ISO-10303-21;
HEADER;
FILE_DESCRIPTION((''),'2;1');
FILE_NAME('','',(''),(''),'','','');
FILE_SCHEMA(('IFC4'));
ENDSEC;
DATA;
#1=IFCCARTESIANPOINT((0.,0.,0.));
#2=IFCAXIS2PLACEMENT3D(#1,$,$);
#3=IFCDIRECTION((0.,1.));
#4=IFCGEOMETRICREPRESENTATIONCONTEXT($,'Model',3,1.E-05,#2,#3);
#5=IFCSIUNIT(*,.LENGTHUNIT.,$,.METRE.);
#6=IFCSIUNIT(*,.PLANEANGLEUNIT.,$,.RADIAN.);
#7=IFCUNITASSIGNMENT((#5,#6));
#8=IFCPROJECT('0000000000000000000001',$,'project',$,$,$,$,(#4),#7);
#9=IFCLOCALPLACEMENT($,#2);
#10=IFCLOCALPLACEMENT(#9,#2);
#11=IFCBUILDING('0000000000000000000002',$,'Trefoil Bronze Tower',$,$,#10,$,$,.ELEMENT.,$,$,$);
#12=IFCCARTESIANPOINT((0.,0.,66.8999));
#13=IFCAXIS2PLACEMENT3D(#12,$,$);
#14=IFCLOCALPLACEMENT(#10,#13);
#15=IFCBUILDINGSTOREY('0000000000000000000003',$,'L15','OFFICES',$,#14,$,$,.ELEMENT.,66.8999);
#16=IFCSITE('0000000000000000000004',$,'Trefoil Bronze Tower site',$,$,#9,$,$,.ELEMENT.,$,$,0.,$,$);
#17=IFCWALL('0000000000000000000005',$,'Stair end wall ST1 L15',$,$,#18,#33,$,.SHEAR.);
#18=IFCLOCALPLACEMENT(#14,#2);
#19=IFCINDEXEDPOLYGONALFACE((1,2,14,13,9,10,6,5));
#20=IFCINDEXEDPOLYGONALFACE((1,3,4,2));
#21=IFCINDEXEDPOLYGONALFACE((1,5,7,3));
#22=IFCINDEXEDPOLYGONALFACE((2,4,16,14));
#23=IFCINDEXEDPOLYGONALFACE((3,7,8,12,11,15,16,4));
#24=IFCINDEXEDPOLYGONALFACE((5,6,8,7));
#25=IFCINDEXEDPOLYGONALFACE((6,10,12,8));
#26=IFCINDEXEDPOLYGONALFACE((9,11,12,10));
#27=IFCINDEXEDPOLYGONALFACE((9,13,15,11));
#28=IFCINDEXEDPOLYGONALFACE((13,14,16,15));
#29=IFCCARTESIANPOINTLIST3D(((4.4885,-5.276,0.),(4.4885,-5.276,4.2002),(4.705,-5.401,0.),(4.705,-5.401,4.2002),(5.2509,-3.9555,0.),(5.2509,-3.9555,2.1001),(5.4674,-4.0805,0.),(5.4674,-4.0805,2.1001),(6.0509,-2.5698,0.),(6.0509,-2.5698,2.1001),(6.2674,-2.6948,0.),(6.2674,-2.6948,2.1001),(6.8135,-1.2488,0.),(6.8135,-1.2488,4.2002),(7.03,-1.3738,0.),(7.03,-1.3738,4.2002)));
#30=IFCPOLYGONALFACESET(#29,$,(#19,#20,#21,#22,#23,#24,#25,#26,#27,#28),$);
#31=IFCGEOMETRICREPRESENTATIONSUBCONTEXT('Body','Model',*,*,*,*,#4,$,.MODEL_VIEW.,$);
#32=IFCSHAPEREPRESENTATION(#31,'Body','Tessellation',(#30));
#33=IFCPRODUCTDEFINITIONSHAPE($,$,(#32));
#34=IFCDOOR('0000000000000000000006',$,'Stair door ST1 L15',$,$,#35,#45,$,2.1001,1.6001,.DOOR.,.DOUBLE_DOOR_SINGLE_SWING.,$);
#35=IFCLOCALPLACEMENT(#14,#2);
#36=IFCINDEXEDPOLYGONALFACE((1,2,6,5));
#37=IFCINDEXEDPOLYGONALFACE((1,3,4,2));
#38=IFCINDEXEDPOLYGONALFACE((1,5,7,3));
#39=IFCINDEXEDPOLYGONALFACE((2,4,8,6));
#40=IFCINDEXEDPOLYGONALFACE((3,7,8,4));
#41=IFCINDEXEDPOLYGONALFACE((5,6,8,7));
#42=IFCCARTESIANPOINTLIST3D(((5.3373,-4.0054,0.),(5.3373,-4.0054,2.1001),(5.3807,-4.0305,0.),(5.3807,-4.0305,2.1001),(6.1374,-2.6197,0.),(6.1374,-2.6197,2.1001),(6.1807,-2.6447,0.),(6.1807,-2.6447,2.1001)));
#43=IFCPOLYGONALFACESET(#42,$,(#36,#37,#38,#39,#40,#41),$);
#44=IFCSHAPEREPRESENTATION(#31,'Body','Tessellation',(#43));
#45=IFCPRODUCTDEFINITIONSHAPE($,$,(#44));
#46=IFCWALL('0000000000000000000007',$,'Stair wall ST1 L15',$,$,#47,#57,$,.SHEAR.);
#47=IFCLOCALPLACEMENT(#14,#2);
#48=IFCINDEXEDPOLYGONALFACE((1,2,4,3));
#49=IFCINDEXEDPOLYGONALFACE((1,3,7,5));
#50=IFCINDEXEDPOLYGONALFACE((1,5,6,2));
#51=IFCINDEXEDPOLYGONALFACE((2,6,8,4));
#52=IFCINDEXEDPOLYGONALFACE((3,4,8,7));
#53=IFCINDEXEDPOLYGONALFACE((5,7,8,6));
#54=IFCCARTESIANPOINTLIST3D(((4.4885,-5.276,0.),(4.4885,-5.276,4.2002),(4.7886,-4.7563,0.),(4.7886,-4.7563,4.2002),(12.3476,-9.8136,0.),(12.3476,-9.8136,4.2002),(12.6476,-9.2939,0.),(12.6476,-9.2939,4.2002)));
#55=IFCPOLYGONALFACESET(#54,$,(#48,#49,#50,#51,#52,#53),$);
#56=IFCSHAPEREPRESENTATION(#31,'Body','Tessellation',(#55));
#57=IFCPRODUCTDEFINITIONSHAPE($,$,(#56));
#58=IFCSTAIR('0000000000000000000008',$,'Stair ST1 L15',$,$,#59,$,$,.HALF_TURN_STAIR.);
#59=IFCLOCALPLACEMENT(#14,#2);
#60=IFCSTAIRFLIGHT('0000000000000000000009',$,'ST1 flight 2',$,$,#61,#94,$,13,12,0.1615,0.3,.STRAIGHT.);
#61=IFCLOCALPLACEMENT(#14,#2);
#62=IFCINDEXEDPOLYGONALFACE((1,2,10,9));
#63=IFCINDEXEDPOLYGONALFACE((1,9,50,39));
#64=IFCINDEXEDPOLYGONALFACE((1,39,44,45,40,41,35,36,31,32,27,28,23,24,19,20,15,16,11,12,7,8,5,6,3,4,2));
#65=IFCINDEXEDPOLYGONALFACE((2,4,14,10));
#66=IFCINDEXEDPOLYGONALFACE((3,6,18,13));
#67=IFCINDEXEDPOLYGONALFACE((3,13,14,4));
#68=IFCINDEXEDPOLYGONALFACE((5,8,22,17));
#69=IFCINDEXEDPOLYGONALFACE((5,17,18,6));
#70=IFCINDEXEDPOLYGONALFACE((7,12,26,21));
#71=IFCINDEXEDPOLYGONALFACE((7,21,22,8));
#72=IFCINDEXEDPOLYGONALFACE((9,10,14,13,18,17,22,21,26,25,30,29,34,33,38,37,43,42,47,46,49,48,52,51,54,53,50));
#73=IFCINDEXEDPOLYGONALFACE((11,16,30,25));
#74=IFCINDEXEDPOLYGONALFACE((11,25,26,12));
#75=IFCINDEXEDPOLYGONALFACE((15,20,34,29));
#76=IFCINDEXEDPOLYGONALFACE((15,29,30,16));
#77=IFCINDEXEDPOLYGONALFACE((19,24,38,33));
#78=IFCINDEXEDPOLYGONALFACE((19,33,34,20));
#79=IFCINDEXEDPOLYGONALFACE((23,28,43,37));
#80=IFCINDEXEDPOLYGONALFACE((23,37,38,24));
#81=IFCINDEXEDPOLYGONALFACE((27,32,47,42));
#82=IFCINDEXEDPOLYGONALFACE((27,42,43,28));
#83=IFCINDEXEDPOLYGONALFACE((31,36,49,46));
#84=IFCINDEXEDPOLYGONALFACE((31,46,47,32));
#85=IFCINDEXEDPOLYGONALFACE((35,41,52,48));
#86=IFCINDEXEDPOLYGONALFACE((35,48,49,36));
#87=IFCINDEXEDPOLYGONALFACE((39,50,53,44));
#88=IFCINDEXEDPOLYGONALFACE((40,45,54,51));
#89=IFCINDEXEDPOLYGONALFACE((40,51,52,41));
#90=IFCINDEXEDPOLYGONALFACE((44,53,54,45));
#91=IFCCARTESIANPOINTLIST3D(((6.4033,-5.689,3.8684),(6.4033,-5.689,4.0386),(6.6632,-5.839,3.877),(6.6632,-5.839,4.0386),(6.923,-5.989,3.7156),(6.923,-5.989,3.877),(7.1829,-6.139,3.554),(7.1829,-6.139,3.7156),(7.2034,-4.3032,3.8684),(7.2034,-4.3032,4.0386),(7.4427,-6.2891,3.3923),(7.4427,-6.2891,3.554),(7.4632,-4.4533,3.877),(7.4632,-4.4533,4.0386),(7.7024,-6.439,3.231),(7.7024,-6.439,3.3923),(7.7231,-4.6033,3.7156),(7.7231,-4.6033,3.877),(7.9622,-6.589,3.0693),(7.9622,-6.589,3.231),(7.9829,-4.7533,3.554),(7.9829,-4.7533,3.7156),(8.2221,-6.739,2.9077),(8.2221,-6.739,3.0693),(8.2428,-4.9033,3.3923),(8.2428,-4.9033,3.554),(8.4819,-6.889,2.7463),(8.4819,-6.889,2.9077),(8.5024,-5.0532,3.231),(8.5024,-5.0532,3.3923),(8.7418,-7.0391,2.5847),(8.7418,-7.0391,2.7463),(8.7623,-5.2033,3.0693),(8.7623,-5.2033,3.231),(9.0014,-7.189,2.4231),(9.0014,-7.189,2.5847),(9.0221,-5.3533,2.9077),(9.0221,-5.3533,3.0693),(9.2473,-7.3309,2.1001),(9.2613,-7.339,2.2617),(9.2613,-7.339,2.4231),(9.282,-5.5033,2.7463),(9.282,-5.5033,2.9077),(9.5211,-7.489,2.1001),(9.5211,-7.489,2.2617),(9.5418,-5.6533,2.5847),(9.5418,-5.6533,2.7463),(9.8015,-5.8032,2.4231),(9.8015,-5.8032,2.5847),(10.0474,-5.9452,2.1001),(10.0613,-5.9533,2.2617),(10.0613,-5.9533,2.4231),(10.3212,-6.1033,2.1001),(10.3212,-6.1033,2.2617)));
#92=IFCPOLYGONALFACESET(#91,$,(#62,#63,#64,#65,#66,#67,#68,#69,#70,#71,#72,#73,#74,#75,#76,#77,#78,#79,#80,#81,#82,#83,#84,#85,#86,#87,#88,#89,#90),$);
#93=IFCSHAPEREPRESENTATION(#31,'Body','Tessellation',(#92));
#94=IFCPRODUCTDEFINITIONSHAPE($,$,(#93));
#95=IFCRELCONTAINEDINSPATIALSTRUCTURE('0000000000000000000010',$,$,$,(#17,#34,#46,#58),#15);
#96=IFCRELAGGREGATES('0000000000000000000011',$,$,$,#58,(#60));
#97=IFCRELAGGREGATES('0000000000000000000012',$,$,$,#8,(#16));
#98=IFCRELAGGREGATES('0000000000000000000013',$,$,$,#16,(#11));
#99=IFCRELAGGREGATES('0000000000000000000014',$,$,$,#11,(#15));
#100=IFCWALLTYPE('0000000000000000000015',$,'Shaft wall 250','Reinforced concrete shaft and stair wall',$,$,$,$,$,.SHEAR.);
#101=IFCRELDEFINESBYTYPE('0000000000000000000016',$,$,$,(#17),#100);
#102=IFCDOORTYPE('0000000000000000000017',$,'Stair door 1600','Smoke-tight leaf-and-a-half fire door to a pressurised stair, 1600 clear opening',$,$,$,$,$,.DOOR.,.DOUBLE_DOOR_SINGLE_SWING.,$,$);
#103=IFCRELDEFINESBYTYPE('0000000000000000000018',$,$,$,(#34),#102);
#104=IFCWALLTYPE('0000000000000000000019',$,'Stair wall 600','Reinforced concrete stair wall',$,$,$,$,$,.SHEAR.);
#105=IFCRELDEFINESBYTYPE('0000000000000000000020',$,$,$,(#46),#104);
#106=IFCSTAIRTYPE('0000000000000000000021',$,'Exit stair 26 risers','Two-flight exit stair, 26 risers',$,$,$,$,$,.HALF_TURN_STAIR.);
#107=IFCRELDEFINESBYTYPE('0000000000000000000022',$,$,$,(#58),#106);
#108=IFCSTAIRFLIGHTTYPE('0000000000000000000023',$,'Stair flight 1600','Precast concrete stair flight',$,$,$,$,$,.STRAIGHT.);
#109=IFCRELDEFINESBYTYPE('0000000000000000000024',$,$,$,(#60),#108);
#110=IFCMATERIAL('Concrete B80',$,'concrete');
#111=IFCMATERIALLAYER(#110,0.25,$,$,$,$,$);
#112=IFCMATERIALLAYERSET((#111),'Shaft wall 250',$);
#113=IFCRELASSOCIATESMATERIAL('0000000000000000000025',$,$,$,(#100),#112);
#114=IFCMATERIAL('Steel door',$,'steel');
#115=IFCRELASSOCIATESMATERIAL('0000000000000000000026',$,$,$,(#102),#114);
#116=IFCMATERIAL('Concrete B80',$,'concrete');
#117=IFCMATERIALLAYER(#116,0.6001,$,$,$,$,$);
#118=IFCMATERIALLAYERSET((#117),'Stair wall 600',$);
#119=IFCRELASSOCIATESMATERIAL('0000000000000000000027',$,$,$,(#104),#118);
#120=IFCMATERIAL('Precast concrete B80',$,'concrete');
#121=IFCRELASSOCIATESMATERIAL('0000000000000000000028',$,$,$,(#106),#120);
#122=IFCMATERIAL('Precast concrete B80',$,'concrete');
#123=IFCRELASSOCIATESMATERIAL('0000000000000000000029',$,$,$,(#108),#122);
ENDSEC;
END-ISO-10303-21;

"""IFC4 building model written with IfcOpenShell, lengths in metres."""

from ifc_helpers import new_model, si_unit, direction, frame, frame_2d, origin, place, context, subcontext, project, spatial, polyline, rectangle, outline, extrude, material, layer, layer_set, type_object, element, fill, aggregate, save


model = new_model("IFC4")

# Units and contexts
model_context = context("Model", 3, precision=1e-05, world=origin(), true_north=direction((0.0, 1.0)))
body_context = subcontext(model_context, "Body", "Model", "MODEL_VIEW")
ifc_project = project(units=[si_unit("LENGTHUNIT", "METRE"), si_unit("PLANEANGLEUNIT", "RADIAN")], contexts=[model_context])

# Site, building, storey
site_placement = place(None, origin())
site = spatial("IfcSite", under=ifc_project, at=site_placement, Name="Trefoil Bronze Tower site", CompositionType="ELEMENT", RefElevation=0.0)
building_placement = place(site_placement, origin())
building = spatial("IfcBuilding", under=site, at=building_placement, Name="Trefoil Bronze Tower", CompositionType="ELEMENT")
storey_placement = place(building_placement, frame((0.0, 0.0, 66.8999)))
storey = spatial("IfcBuildingStorey", under=building, at=storey_placement, Name="L15", Description="OFFICES", CompositionType="ELEMENT", Elevation=66.8999)

# Wall, opening, door
ifc_material_1 = material(Name="Concrete B80", Category="concrete")
ifc_layer_1 = layer(ifc_material_1, 0.25)
ifc_layer_set_1 = layer_set([ifc_layer_1], Name="Shaft wall 250")
wall_type_1 = type_object("IfcWallType", Name="Shaft wall 250", Description="Reinforced concrete shaft and stair wall", PredefinedType="SHEAR", material=ifc_layer_set_1)
wall_1_placement = place(storey_placement, frame((4.5967, -5.3386, 0.0), z_axis=(0.0, 0.0, 1.0), x_axis=(0.499985, 0.866034, 0.0)))
wall_1 = element("IfcWall", 1, at=wall_1_placement, inside=storey, type_object=wall_type_1, Name="Stair end wall ST1 L15", PredefinedType="SHEAR", context=body_context, shape_type="SweptSolid", body=[
    extrude(rectangle(XDim=4.6501, YDim=0.25, at=frame_2d((2.3252, 0.0))), origin(), (0.0, 0.0, 1.0), 4.2002),
])
opening_1_placement = place(wall_1_placement, frame((1.5249, 0.0, 0.0)))
opening_1 = element("IfcOpeningElement", 2, at=opening_1_placement, cuts=wall_1, PredefinedType="OPENING", context=body_context, shape_type="SweptSolid", body=[
    extrude(rectangle(XDim=1.6001, YDim=2.1001, at=frame_2d((0.8, 1.05))), frame((0.0, 0.135, 0.0), z_axis=(0.0, -1.0, 0.0), x_axis=(1.0, 0.0, 0.0)), (0.0, 0.0, 1.0), 0.27),
])
ifc_material_2 = material(Name="Steel door", Category="steel")
door_type_1 = type_object("IfcDoorType", Name="Stair door 1600", Description="Smoke-tight leaf-and-a-half fire door to a pressurised stair, 1600 clear opening", OperationType="DOUBLE_DOOR_SINGLE_SWING", PredefinedType="DOOR", material=ifc_material_2)
door_1_placement = place(opening_1_placement, frame((1.6001, 0.0, 0.0), z_axis=(0.0, 0.0, 1.0), x_axis=(-1.0, 0.0, 0.0)))
door_1 = element("IfcDoor", 3, at=door_1_placement, inside=storey, type_object=door_type_1, Name="Stair door ST1 L15", OperationType="DOUBLE_DOOR_SINGLE_SWING", OverallHeight=2.1001, OverallWidth=1.6001, PredefinedType="DOOR", context=body_context, shape_type="SweptSolid", body=[
    extrude(rectangle(XDim=1.6001, YDim=2.1001, at=frame_2d((0.8, 1.05))), frame((0.0, 0.0249, 0.0), z_axis=(0.0, -1.0, 0.0), x_axis=(1.0, 0.0, 0.0)), (0.0, 0.0, 1.0), 0.05),
])
fill(opening_1, door_1)

# Wall
ifc_material_3 = material(Name="Concrete B80", Category="concrete")
ifc_layer_2 = layer(ifc_material_3, 0.6001)
ifc_layer_set_2 = layer_set([ifc_layer_2], Name="Stair wall 600")
wall_type_2 = type_object("IfcWallType", Name="Stair wall 600", Description="Reinforced concrete stair wall", PredefinedType="SHEAR", material=ifc_layer_set_2)
wall_2_placement = place(storey_placement, frame((4.6384, -5.0161, 0.0), z_axis=(0.0, 0.0, 1.0), x_axis=(0.866019, -0.50001, 0.0)))
element("IfcWall", 4, at=wall_2_placement, inside=storey, type_object=wall_type_2, Name="Stair wall ST1 L15", PredefinedType="SHEAR", context=body_context, shape_type="SweptSolid", body=[
    extrude(rectangle(XDim=9.075, YDim=0.6001, at=frame_2d((4.5376, 0.0))), origin(), (0.0, 0.0, 1.0), 4.2002),
])

# Stair, stair flight
ifc_material_4 = material(Name="Precast concrete B80", Category="concrete")
stair_type = type_object("IfcStairType", Name="Exit stair 26 risers", Description="Two-flight exit stair, 26 risers", PredefinedType="HALF_TURN_STAIR", material=ifc_material_4)
stair_placement = place(storey_placement, origin())
stair = element("IfcStair", 5, at=stair_placement, inside=storey, type_object=stair_type, Name="Stair ST1 L15", PredefinedType="HALF_TURN_STAIR")
ifc_material_5 = material(Name="Precast concrete B80", Category="concrete")
stair_flight_type = type_object("IfcStairFlightType", Name="Stair flight 1600", Description="Precast concrete stair flight", PredefinedType="STRAIGHT", material=ifc_material_5)
stair_flight_placement = place(storey_placement, frame((9.9211, -6.7961, 2.1001), z_axis=(0.0, 0.0, 1.0), x_axis=(-0.866025, 0.5, 0.0)))
stair_flight = element("IfcStairFlight", 6, at=stair_flight_placement, type_object=stair_flight_type, Name="ST1 flight 2", NumberOfRisers=13, NumberOfTreads=12, PredefinedType="STRAIGHT", RiserHeight=0.1615, TreadLength=0.3, context=body_context, shape_type="SweptSolid", body=[
    extrude(outline(polyline([(0.0, 0.0), (0.0, 0.1616), (0.3, 0.1616), (0.3, 0.323), (0.6001, 0.323), (0.6001, 0.4846), (0.8999, 0.4846), (0.8999, 0.6462), (1.2, 0.6462), (1.2, 0.8076), (1.5, 0.8076), (1.5, 0.9692), (1.8, 0.9692), (1.8, 1.1309), (2.1001, 1.1309), (2.1001, 1.2922), (2.3999, 1.2922), (2.3999, 1.4539), (2.7, 1.4539), (2.7, 1.6155), (3.0, 1.6155), (3.0, 1.7769), (3.3, 1.7769), (3.3, 1.9385), (3.6001, 1.9385), (3.6001, 2.1001), (3.6001, 1.7683), (0.3162, 0.0), (0.0, 0.0)])), frame((0.0, 0.8, 0.0), z_axis=(0.0, -1.0, 0.0), x_axis=(1.0, 0.0, 0.0)), (0.0, 0.0, 1.0), 1.6001),
])
aggregate(stair, [stair_flight])

save(model, "model.ifc")
